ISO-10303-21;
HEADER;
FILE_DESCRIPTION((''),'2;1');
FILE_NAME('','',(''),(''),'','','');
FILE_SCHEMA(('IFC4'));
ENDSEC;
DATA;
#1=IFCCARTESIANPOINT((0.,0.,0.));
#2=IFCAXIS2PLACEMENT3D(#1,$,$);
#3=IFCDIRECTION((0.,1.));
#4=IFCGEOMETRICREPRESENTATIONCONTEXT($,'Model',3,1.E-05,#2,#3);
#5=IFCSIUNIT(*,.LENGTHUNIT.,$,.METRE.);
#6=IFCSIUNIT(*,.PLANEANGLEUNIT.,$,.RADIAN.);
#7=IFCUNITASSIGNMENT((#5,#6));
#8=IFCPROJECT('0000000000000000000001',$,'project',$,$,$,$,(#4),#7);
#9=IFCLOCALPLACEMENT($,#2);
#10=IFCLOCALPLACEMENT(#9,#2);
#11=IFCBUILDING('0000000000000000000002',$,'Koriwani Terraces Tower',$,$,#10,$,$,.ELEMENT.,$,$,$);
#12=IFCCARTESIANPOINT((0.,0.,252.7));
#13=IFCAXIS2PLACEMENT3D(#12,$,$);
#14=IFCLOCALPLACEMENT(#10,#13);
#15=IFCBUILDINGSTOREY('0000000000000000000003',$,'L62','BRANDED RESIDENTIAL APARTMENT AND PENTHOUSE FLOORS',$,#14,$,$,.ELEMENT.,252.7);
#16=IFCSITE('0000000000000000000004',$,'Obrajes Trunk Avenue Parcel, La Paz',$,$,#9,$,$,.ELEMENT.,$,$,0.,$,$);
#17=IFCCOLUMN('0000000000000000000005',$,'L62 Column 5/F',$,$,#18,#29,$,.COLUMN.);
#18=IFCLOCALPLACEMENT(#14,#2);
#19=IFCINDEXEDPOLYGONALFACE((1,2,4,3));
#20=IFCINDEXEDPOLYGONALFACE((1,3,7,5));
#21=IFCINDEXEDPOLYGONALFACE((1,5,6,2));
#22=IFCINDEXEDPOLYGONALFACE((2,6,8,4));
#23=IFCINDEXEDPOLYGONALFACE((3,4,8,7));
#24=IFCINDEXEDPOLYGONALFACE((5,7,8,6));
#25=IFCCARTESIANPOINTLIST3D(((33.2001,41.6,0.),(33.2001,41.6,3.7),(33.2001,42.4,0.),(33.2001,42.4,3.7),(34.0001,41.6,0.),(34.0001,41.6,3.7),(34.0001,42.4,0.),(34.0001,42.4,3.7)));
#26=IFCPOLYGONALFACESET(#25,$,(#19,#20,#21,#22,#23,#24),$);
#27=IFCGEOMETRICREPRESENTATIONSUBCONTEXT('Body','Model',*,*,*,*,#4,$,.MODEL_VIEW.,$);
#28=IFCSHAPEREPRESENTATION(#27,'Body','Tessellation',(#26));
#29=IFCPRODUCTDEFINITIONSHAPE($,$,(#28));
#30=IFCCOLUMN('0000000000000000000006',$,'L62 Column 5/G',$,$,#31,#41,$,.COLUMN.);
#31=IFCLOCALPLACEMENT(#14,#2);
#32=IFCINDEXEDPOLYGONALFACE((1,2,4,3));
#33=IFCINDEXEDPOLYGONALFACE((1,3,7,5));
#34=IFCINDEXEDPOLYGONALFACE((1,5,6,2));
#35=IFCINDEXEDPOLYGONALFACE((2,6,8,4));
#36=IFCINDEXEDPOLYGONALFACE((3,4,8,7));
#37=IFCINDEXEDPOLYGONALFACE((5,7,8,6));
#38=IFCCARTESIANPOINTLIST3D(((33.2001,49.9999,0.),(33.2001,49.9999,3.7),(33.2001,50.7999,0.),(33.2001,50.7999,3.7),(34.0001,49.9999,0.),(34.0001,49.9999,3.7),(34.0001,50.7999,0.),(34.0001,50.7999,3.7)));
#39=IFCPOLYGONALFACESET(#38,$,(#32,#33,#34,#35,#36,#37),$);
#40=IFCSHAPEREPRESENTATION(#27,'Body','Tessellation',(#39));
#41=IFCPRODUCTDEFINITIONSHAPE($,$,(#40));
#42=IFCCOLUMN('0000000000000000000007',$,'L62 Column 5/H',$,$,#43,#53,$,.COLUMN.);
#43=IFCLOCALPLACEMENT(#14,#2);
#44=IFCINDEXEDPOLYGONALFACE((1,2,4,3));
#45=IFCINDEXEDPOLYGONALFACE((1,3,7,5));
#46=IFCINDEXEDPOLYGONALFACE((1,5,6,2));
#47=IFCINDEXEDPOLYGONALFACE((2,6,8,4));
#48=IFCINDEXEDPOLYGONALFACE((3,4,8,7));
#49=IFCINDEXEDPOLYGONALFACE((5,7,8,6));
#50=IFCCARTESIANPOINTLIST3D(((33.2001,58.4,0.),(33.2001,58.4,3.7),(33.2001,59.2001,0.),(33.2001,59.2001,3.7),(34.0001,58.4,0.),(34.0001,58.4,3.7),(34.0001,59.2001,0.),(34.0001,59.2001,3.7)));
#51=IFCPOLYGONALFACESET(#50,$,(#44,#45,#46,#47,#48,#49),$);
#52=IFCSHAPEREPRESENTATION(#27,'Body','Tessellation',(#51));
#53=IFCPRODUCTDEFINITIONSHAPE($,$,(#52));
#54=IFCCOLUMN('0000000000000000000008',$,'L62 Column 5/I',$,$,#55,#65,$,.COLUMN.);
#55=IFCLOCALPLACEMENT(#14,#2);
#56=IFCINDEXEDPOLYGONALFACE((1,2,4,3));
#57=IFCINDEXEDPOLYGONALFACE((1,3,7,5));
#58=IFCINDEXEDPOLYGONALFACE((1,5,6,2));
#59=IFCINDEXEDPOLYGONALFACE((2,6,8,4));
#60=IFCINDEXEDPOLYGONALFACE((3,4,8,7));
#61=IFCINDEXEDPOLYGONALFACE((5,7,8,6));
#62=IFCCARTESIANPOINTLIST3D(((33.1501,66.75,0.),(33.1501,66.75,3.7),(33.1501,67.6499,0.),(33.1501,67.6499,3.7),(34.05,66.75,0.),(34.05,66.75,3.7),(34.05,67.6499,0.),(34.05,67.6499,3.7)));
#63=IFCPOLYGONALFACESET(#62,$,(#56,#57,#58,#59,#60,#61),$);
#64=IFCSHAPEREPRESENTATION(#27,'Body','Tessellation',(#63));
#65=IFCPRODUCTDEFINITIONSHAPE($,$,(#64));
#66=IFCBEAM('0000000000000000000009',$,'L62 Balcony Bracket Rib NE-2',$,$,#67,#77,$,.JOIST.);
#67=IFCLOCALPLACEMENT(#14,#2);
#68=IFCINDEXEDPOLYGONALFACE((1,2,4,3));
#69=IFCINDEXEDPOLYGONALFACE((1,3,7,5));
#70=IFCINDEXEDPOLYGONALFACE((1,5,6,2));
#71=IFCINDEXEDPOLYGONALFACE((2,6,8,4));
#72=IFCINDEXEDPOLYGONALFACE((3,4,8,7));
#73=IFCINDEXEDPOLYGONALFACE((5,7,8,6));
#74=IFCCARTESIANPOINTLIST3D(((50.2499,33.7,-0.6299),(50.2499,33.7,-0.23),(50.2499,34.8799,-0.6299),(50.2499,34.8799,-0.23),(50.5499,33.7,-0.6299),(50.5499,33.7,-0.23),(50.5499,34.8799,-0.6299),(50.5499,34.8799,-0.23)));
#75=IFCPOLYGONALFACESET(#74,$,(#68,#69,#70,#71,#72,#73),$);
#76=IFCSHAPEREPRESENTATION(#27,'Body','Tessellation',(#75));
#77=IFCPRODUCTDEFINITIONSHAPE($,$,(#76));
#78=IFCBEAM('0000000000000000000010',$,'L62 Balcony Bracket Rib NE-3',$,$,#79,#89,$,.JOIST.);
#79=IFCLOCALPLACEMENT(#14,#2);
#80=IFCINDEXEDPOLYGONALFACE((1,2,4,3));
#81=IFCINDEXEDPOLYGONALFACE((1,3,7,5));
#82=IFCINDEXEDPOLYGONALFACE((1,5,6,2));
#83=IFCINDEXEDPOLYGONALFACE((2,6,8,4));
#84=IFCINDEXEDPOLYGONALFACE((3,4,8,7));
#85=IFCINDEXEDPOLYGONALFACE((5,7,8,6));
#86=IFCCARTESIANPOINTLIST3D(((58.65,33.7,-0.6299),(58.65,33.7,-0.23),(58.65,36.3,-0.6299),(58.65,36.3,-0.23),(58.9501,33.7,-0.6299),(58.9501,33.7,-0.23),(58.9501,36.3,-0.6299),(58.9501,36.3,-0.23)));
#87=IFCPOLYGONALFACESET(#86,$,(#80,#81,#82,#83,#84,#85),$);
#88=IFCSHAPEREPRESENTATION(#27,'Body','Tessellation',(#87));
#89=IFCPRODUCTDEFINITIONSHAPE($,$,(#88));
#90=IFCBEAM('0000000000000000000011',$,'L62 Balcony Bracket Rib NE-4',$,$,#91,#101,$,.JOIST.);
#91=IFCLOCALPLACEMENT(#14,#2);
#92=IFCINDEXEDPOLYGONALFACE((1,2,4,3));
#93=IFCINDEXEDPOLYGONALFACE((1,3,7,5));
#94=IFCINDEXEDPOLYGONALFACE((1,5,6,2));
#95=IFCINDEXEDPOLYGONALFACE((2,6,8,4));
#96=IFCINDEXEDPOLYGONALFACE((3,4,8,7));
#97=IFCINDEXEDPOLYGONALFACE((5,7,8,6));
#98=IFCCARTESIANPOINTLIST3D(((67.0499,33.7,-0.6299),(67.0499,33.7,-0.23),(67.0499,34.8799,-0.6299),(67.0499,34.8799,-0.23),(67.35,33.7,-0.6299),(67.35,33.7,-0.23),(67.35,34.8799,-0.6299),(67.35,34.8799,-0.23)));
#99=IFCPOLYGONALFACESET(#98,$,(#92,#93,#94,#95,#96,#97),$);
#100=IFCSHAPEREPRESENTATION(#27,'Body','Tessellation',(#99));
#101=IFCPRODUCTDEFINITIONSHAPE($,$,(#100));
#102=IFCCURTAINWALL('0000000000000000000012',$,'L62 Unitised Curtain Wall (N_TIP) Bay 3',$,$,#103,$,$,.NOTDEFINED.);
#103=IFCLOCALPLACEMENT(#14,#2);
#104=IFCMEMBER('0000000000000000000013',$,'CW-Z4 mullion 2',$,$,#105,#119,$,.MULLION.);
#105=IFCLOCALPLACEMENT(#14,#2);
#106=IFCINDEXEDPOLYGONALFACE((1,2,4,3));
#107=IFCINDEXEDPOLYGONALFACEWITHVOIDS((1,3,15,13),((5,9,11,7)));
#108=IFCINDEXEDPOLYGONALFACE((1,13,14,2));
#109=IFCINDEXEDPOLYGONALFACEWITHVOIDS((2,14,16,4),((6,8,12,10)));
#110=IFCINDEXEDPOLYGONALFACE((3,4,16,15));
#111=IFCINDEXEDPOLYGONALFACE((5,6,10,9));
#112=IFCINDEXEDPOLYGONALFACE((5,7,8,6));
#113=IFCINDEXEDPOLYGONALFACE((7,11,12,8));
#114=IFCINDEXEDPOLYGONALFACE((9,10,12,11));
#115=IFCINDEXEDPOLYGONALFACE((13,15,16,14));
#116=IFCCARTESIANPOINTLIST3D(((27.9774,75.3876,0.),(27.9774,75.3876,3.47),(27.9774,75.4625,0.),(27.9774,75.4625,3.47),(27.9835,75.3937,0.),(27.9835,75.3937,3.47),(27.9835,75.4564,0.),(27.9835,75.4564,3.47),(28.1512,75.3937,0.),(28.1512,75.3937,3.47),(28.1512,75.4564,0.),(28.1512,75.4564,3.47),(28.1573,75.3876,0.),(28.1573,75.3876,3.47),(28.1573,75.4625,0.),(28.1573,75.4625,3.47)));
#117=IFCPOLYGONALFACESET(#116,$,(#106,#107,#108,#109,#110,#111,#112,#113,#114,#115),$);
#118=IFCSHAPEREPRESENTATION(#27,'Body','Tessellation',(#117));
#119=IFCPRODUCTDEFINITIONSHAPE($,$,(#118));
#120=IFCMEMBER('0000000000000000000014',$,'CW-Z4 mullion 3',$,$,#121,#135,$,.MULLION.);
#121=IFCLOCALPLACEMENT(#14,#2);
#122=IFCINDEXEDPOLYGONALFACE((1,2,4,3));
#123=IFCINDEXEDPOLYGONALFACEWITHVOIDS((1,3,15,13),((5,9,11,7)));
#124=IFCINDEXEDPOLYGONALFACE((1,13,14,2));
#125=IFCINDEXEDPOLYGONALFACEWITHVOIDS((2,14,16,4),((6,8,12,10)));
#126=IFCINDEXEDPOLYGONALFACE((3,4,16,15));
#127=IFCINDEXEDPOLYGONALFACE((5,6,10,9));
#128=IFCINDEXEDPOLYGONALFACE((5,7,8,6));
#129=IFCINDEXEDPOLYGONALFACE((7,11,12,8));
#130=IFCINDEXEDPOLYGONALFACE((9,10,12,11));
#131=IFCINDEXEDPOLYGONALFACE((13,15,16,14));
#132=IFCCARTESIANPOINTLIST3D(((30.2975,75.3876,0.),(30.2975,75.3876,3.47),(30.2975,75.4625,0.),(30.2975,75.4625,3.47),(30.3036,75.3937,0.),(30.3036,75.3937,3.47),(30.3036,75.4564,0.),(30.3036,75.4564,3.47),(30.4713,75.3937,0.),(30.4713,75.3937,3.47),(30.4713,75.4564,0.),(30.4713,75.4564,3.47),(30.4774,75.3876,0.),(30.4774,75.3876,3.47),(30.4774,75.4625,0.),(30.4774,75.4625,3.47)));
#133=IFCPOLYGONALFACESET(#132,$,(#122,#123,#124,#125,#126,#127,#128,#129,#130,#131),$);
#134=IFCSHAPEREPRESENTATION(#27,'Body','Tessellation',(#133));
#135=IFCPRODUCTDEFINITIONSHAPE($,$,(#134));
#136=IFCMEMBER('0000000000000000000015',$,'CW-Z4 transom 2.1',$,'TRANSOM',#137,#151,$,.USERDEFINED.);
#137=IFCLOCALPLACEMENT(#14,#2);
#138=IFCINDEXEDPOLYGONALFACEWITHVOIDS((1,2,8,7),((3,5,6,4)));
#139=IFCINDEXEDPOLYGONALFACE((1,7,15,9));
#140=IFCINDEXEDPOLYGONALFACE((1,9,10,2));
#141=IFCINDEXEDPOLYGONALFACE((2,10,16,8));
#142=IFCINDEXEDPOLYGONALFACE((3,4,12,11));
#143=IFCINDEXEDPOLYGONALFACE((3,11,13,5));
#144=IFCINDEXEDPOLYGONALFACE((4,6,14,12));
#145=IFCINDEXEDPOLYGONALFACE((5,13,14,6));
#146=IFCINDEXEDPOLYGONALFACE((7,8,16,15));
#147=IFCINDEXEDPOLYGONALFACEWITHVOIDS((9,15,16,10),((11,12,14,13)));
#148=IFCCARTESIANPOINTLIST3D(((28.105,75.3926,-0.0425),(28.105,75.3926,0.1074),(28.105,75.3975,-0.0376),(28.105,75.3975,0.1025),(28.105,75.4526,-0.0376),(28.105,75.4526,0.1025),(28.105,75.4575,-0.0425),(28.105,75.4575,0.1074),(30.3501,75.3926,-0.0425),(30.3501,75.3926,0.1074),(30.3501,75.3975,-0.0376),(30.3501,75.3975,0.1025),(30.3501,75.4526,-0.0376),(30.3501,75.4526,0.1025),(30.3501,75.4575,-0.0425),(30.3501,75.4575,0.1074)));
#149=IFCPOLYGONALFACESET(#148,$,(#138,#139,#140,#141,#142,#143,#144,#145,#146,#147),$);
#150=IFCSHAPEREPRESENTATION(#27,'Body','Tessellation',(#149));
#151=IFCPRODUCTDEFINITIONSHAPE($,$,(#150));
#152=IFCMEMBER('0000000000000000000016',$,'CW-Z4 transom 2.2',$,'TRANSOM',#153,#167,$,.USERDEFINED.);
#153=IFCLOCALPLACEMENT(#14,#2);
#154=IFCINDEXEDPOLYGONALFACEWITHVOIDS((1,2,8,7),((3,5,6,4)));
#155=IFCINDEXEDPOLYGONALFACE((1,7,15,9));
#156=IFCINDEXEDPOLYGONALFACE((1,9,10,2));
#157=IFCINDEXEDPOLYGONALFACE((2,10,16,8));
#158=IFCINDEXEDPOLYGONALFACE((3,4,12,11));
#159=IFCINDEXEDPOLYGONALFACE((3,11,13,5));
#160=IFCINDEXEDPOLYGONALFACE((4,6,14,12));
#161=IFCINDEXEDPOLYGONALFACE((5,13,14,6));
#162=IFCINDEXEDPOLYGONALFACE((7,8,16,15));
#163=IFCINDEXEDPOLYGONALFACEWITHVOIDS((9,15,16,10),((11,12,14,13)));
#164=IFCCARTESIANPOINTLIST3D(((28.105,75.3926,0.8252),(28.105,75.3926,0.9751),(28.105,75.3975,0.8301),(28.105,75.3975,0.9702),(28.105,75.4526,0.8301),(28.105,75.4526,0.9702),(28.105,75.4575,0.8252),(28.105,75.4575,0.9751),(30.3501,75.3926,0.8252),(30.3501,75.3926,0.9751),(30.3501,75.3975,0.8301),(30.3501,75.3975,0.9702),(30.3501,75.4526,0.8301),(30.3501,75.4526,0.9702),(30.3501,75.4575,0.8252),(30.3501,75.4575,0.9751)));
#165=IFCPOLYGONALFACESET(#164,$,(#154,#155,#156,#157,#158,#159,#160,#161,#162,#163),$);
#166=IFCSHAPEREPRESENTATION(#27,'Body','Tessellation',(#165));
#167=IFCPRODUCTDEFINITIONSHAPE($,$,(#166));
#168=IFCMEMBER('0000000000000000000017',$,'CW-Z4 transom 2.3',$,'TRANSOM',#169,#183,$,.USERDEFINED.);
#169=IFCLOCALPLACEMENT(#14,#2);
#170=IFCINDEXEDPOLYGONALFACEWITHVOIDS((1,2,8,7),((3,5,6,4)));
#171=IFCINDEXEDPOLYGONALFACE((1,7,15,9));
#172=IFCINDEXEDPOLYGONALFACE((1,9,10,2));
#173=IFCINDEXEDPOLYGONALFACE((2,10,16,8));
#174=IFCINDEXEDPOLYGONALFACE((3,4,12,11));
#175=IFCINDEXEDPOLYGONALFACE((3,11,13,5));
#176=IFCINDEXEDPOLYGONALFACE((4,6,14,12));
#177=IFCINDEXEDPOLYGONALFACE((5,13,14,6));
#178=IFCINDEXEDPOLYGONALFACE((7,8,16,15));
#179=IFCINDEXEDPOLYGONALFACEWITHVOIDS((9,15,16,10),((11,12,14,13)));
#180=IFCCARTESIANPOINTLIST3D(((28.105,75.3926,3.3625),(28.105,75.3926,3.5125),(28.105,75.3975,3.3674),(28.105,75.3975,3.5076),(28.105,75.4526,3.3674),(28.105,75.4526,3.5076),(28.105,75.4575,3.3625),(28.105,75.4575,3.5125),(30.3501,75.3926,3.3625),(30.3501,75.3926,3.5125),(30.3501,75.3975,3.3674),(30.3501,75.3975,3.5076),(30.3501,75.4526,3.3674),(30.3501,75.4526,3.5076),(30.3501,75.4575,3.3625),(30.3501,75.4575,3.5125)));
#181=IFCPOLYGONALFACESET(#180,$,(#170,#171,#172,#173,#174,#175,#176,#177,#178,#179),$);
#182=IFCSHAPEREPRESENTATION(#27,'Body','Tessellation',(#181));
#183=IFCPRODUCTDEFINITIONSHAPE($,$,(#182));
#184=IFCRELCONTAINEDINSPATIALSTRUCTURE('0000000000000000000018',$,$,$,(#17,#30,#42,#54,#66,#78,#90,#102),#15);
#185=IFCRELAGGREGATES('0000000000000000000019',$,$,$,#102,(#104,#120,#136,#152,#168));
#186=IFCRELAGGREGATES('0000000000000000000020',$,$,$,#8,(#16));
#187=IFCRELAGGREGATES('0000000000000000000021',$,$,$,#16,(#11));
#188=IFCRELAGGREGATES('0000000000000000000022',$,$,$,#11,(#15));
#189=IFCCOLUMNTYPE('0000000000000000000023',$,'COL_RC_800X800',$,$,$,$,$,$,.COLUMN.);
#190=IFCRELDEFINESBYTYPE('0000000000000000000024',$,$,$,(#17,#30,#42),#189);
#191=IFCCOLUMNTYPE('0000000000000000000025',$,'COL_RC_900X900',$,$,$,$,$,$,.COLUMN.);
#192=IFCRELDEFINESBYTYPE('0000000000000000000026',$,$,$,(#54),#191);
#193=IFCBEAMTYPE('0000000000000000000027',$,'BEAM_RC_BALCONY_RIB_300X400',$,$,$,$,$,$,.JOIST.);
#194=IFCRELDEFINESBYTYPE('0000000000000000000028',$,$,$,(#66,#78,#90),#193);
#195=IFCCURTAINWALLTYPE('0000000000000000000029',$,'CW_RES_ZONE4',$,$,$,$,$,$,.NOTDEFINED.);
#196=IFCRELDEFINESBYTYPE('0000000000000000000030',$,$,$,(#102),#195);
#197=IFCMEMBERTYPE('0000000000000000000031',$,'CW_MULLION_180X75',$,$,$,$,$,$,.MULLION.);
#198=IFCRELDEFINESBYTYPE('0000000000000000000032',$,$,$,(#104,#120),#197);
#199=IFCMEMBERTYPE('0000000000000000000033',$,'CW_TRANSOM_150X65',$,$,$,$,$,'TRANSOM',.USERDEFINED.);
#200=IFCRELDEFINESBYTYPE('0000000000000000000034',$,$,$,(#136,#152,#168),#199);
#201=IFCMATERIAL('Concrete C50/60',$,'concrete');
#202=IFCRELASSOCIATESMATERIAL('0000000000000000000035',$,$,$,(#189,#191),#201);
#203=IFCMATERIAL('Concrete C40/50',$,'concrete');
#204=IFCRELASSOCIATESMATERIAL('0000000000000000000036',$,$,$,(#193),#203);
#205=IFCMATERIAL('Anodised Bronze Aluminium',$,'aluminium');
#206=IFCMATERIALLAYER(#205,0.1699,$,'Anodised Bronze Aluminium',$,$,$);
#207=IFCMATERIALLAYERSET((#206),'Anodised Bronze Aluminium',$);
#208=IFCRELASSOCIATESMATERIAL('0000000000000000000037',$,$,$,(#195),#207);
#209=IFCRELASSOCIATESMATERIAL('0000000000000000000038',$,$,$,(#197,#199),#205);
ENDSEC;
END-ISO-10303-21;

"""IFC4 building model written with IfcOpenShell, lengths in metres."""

from ifc_helpers import new_model, si_unit, direction, frame, origin, origin_2d, place, context, subcontext, project, spatial, rectangle, hollow_rectangle, extrude, material, layer, layer_set, material_profile, profile_set, type_object, element, aggregate, save


model = new_model("IFC4")

# Units and contexts
model_context = context("Model", 3, precision=1e-05, world=origin(), true_north=direction((0.0, 1.0)))
body_context = subcontext(model_context, "Body", "Model", "MODEL_VIEW")
ifc_project = project(units=[si_unit("LENGTHUNIT", "METRE"), si_unit("PLANEANGLEUNIT", "RADIAN")], contexts=[model_context])

# Site, building, storey
site_placement = place(None, origin())
site = spatial("IfcSite", under=ifc_project, at=site_placement, Name="Obrajes Trunk Avenue Parcel, La Paz", CompositionType="ELEMENT", RefElevation=0.0)
building_placement = place(site_placement, origin())
building = spatial("IfcBuilding", under=site, at=building_placement, Name="Koriwani Terraces Tower", CompositionType="ELEMENT")
storey_placement = place(building_placement, frame((0.0, 0.0, 252.7)))
storey = spatial("IfcBuildingStorey", under=building, at=storey_placement, Name="L62", Description="BRANDED RESIDENTIAL APARTMENT AND PENTHOUSE FLOORS", CompositionType="ELEMENT", Elevation=252.7)

# Columns
ifc_material_1 = material(Name="Concrete C50/60", Category="concrete")
ifc_material_profile_1 = material_profile(ifc_material_1, rectangle(XDim=0.8, YDim=0.8, at=origin_2d()), Name="Concrete C50/60", Category="LoadBearing")
ifc_profile_set_1 = profile_set([ifc_material_profile_1], Name="Concrete C50/60")
column_type_1 = type_object("IfcColumnType", Name="COL_RC_800X800", PredefinedType="COLUMN", material=ifc_profile_set_1)
for number, where, z_axis, x_axis, name in (
    (1, (33.6001, 42.0, 0.0), (0.0, 0.0, 1.0), (1.0, 0.0, 0.0), "L62 Column 5/F"),
    (2, (33.6001, 50.3999, 0.0), (0.0, 0.0, 1.0), (1.0, 0.0, 0.0), "L62 Column 5/G"),
    (3, (33.6001, 58.8, 0.0), (0.0, 0.0, 1.0), (1.0, 0.0, 0.0), "L62 Column 5/H"),
):
    element("IfcColumn", number, at=place(storey_placement, frame(where, z_axis=z_axis, x_axis=x_axis)), inside=storey, type_object=column_type_1, Name=name, PredefinedType="COLUMN", context=body_context, shape_type="SweptSolid", body=[
        extrude(rectangle(XDim=0.8, YDim=0.8, at=origin_2d()), origin(), (0.0, 0.0, 1.0), 3.7),
    ])
ifc_material_profile_2 = material_profile(ifc_material_1, rectangle(XDim=0.8999, YDim=0.8999, at=origin_2d()), Name="Concrete C50/60", Category="LoadBearing")
ifc_profile_set_2 = profile_set([ifc_material_profile_2], Name="Concrete C50/60")
column_type_2 = type_object("IfcColumnType", Name="COL_RC_900X900", PredefinedType="COLUMN", material=ifc_profile_set_2)
column_placement = place(storey_placement, frame((33.6001, 67.2, 0.0), z_axis=(0.0, 0.0, 1.0), x_axis=(1.0, 0.0, 0.0)))
element("IfcColumn", 4, at=column_placement, inside=storey, type_object=column_type_2, Name="L62 Column 5/I", PredefinedType="COLUMN", context=body_context, shape_type="SweptSolid", body=[
    extrude(rectangle(XDim=0.8999, YDim=0.8999, at=origin_2d()), origin(), (0.0, 0.0, 1.0), 3.7),
])

# Beams
ifc_material_2 = material(Name="Concrete C40/50", Category="concrete")
ifc_material_profile_3 = material_profile(ifc_material_2, rectangle(XDim=0.3, YDim=0.3999, at=origin_2d()), Name="Concrete C40/50", Category="LoadBearing")
ifc_profile_set_3 = profile_set([ifc_material_profile_3], Name="Concrete C40/50")
beam_type = type_object("IfcBeamType", Name="BEAM_RC_BALCONY_RIB_300X400", PredefinedType="JOIST", material=ifc_profile_set_3)
beam_1_placement = place(storey_placement, frame((50.3999, 33.7, -0.4299), z_axis=(0.0, 1.0, 0.0), x_axis=(-1.0, 0.0, 0.0)))
element("IfcBeam", 5, at=beam_1_placement, inside=storey, type_object=beam_type, Name="L62 Balcony Bracket Rib NE-2", PredefinedType="JOIST", context=body_context, shape_type="SweptSolid", body=[
    extrude(rectangle(XDim=0.3, YDim=0.3999, at=origin_2d()), origin(), (0.0, 0.0, 1.0), 1.1799),
])
beam_2_placement = place(storey_placement, frame((58.8, 33.7, -0.4299), z_axis=(0.0, 1.0, 0.0), x_axis=(-1.0, 0.0, 0.0)))
element("IfcBeam", 6, at=beam_2_placement, inside=storey, type_object=beam_type, Name="L62 Balcony Bracket Rib NE-3", PredefinedType="JOIST", context=body_context, shape_type="SweptSolid", body=[
    extrude(rectangle(XDim=0.3, YDim=0.3999, at=origin_2d()), origin(), (0.0, 0.0, 1.0), 2.6001),
])
beam_3_placement = place(storey_placement, frame((67.2, 33.7, -0.4299), z_axis=(0.0, 1.0, 0.0), x_axis=(-1.0, 0.0, 0.0)))
element("IfcBeam", 7, at=beam_3_placement, inside=storey, type_object=beam_type, Name="L62 Balcony Bracket Rib NE-4", PredefinedType="JOIST", context=body_context, shape_type="SweptSolid", body=[
    extrude(rectangle(XDim=0.3, YDim=0.3999, at=origin_2d()), origin(), (0.0, 0.0, 1.0), 1.1799),
])

# Curtain wall, members
ifc_material_3 = material(Name="Anodised Bronze Aluminium", Category="aluminium")
ifc_layer_1 = layer(ifc_material_3, 0.1699, Name="Anodised Bronze Aluminium")
ifc_layer_set_1 = layer_set([ifc_layer_1], Name="Anodised Bronze Aluminium")
curtain_wall_type = type_object("IfcCurtainWallType", Name="CW_RES_ZONE4", PredefinedType="NOTDEFINED", material=ifc_layer_set_1)
curtain_wall_placement = place(storey_placement, origin())
curtain_wall = element("IfcCurtainWall", 8, at=curtain_wall_placement, inside=storey, type_object=curtain_wall_type, Name="L62 Unitised Curtain Wall (N_TIP) Bay 3", PredefinedType="NOTDEFINED")
ifc_material_profile_4 = material_profile(ifc_material_3, hollow_rectangle(XDim=0.075, YDim=0.1799, WallThickness=0.0061, at=origin_2d()), Name="Anodised Bronze Aluminium", Category="LoadBearing")
ifc_profile_set_4 = profile_set([ifc_material_profile_4], Name="Anodised Bronze Aluminium")
member_type_1 = type_object("IfcMemberType", Name="CW_MULLION_180X75", PredefinedType="MULLION", material=ifc_profile_set_4)
member_1_placement = place(storey_placement, frame((28.0674, 75.425, 0.0), z_axis=(0.0, 0.0, 1.0), x_axis=(0.0, 1.0, 0.0)))
member_1 = element("IfcMember", 9, at=member_1_placement, type_object=member_type_1, Name="CW-Z4 mullion 2", PredefinedType="MULLION", context=body_context, shape_type="SweptSolid", body=[
    extrude(hollow_rectangle(XDim=0.075, YDim=0.1799, WallThickness=0.0061, at=origin_2d()), origin(), (0.0, 0.0, 1.0), 3.47),
])
member_2_placement = place(storey_placement, frame((30.3875, 75.425, 0.0), z_axis=(0.0, 0.0, 1.0), x_axis=(0.0, 1.0, 0.0)))
member_2 = element("IfcMember", 10, at=member_2_placement, type_object=member_type_1, Name="CW-Z4 mullion 3", PredefinedType="MULLION", context=body_context, shape_type="SweptSolid", body=[
    extrude(hollow_rectangle(XDim=0.075, YDim=0.1799, WallThickness=0.0061, at=origin_2d()), origin(), (0.0, 0.0, 1.0), 3.47),
])
ifc_material_profile_5 = material_profile(ifc_material_3, hollow_rectangle(XDim=0.0649, YDim=0.1499, WallThickness=0.0049, at=origin_2d()), Name="Anodised Bronze Aluminium", Category="LoadBearing")
ifc_profile_set_5 = profile_set([ifc_material_profile_5], Name="Anodised Bronze Aluminium")
member_type_2 = type_object("IfcMemberType", Name="CW_TRANSOM_150X65", ElementType="TRANSOM", PredefinedType="USERDEFINED", material=ifc_profile_set_5)
member_3_placement = place(storey_placement, frame((28.105, 75.425, 0.0325), z_axis=(1.0, 0.0, 0.0), x_axis=(0.0, 1.0, 0.0)))
member_3 = element("IfcMember", 11, at=member_3_placement, type_object=member_type_2, Name="CW-Z4 transom 2.1", ObjectType="TRANSOM", PredefinedType="USERDEFINED", context=body_context, shape_type="SweptSolid", body=[
    extrude(hollow_rectangle(XDim=0.0649, YDim=0.1499, WallThickness=0.0049, at=origin_2d()), origin(), (0.0, 0.0, 1.0), 2.2451),
])
member_4_placement = place(storey_placement, frame((28.105, 75.425, 0.9001), z_axis=(1.0, 0.0, 0.0), x_axis=(0.0, 1.0, 0.0)))
member_4 = element("IfcMember", 12, at=member_4_placement, type_object=member_type_2, Name="CW-Z4 transom 2.2", ObjectType="TRANSOM", PredefinedType="USERDEFINED", context=body_context, shape_type="SweptSolid", body=[
    extrude(hollow_rectangle(XDim=0.0649, YDim=0.1499, WallThickness=0.0049, at=origin_2d()), origin(), (0.0, 0.0, 1.0), 2.2451),
])
member_5_placement = place(storey_placement, frame((28.105, 75.425, 3.4375), z_axis=(1.0, 0.0, 0.0), x_axis=(0.0, 1.0, 0.0)))
member_5 = element("IfcMember", 13, at=member_5_placement, type_object=member_type_2, Name="CW-Z4 transom 2.3", ObjectType="TRANSOM", PredefinedType="USERDEFINED", context=body_context, shape_type="SweptSolid", body=[
    extrude(hollow_rectangle(XDim=0.0649, YDim=0.1499, WallThickness=0.0049, at=origin_2d()), origin(), (0.0, 0.0, 1.0), 2.2451),
])
aggregate(curtain_wall, [member_1, member_2, member_3, member_4, member_5])

save(model, "model.ifc")
